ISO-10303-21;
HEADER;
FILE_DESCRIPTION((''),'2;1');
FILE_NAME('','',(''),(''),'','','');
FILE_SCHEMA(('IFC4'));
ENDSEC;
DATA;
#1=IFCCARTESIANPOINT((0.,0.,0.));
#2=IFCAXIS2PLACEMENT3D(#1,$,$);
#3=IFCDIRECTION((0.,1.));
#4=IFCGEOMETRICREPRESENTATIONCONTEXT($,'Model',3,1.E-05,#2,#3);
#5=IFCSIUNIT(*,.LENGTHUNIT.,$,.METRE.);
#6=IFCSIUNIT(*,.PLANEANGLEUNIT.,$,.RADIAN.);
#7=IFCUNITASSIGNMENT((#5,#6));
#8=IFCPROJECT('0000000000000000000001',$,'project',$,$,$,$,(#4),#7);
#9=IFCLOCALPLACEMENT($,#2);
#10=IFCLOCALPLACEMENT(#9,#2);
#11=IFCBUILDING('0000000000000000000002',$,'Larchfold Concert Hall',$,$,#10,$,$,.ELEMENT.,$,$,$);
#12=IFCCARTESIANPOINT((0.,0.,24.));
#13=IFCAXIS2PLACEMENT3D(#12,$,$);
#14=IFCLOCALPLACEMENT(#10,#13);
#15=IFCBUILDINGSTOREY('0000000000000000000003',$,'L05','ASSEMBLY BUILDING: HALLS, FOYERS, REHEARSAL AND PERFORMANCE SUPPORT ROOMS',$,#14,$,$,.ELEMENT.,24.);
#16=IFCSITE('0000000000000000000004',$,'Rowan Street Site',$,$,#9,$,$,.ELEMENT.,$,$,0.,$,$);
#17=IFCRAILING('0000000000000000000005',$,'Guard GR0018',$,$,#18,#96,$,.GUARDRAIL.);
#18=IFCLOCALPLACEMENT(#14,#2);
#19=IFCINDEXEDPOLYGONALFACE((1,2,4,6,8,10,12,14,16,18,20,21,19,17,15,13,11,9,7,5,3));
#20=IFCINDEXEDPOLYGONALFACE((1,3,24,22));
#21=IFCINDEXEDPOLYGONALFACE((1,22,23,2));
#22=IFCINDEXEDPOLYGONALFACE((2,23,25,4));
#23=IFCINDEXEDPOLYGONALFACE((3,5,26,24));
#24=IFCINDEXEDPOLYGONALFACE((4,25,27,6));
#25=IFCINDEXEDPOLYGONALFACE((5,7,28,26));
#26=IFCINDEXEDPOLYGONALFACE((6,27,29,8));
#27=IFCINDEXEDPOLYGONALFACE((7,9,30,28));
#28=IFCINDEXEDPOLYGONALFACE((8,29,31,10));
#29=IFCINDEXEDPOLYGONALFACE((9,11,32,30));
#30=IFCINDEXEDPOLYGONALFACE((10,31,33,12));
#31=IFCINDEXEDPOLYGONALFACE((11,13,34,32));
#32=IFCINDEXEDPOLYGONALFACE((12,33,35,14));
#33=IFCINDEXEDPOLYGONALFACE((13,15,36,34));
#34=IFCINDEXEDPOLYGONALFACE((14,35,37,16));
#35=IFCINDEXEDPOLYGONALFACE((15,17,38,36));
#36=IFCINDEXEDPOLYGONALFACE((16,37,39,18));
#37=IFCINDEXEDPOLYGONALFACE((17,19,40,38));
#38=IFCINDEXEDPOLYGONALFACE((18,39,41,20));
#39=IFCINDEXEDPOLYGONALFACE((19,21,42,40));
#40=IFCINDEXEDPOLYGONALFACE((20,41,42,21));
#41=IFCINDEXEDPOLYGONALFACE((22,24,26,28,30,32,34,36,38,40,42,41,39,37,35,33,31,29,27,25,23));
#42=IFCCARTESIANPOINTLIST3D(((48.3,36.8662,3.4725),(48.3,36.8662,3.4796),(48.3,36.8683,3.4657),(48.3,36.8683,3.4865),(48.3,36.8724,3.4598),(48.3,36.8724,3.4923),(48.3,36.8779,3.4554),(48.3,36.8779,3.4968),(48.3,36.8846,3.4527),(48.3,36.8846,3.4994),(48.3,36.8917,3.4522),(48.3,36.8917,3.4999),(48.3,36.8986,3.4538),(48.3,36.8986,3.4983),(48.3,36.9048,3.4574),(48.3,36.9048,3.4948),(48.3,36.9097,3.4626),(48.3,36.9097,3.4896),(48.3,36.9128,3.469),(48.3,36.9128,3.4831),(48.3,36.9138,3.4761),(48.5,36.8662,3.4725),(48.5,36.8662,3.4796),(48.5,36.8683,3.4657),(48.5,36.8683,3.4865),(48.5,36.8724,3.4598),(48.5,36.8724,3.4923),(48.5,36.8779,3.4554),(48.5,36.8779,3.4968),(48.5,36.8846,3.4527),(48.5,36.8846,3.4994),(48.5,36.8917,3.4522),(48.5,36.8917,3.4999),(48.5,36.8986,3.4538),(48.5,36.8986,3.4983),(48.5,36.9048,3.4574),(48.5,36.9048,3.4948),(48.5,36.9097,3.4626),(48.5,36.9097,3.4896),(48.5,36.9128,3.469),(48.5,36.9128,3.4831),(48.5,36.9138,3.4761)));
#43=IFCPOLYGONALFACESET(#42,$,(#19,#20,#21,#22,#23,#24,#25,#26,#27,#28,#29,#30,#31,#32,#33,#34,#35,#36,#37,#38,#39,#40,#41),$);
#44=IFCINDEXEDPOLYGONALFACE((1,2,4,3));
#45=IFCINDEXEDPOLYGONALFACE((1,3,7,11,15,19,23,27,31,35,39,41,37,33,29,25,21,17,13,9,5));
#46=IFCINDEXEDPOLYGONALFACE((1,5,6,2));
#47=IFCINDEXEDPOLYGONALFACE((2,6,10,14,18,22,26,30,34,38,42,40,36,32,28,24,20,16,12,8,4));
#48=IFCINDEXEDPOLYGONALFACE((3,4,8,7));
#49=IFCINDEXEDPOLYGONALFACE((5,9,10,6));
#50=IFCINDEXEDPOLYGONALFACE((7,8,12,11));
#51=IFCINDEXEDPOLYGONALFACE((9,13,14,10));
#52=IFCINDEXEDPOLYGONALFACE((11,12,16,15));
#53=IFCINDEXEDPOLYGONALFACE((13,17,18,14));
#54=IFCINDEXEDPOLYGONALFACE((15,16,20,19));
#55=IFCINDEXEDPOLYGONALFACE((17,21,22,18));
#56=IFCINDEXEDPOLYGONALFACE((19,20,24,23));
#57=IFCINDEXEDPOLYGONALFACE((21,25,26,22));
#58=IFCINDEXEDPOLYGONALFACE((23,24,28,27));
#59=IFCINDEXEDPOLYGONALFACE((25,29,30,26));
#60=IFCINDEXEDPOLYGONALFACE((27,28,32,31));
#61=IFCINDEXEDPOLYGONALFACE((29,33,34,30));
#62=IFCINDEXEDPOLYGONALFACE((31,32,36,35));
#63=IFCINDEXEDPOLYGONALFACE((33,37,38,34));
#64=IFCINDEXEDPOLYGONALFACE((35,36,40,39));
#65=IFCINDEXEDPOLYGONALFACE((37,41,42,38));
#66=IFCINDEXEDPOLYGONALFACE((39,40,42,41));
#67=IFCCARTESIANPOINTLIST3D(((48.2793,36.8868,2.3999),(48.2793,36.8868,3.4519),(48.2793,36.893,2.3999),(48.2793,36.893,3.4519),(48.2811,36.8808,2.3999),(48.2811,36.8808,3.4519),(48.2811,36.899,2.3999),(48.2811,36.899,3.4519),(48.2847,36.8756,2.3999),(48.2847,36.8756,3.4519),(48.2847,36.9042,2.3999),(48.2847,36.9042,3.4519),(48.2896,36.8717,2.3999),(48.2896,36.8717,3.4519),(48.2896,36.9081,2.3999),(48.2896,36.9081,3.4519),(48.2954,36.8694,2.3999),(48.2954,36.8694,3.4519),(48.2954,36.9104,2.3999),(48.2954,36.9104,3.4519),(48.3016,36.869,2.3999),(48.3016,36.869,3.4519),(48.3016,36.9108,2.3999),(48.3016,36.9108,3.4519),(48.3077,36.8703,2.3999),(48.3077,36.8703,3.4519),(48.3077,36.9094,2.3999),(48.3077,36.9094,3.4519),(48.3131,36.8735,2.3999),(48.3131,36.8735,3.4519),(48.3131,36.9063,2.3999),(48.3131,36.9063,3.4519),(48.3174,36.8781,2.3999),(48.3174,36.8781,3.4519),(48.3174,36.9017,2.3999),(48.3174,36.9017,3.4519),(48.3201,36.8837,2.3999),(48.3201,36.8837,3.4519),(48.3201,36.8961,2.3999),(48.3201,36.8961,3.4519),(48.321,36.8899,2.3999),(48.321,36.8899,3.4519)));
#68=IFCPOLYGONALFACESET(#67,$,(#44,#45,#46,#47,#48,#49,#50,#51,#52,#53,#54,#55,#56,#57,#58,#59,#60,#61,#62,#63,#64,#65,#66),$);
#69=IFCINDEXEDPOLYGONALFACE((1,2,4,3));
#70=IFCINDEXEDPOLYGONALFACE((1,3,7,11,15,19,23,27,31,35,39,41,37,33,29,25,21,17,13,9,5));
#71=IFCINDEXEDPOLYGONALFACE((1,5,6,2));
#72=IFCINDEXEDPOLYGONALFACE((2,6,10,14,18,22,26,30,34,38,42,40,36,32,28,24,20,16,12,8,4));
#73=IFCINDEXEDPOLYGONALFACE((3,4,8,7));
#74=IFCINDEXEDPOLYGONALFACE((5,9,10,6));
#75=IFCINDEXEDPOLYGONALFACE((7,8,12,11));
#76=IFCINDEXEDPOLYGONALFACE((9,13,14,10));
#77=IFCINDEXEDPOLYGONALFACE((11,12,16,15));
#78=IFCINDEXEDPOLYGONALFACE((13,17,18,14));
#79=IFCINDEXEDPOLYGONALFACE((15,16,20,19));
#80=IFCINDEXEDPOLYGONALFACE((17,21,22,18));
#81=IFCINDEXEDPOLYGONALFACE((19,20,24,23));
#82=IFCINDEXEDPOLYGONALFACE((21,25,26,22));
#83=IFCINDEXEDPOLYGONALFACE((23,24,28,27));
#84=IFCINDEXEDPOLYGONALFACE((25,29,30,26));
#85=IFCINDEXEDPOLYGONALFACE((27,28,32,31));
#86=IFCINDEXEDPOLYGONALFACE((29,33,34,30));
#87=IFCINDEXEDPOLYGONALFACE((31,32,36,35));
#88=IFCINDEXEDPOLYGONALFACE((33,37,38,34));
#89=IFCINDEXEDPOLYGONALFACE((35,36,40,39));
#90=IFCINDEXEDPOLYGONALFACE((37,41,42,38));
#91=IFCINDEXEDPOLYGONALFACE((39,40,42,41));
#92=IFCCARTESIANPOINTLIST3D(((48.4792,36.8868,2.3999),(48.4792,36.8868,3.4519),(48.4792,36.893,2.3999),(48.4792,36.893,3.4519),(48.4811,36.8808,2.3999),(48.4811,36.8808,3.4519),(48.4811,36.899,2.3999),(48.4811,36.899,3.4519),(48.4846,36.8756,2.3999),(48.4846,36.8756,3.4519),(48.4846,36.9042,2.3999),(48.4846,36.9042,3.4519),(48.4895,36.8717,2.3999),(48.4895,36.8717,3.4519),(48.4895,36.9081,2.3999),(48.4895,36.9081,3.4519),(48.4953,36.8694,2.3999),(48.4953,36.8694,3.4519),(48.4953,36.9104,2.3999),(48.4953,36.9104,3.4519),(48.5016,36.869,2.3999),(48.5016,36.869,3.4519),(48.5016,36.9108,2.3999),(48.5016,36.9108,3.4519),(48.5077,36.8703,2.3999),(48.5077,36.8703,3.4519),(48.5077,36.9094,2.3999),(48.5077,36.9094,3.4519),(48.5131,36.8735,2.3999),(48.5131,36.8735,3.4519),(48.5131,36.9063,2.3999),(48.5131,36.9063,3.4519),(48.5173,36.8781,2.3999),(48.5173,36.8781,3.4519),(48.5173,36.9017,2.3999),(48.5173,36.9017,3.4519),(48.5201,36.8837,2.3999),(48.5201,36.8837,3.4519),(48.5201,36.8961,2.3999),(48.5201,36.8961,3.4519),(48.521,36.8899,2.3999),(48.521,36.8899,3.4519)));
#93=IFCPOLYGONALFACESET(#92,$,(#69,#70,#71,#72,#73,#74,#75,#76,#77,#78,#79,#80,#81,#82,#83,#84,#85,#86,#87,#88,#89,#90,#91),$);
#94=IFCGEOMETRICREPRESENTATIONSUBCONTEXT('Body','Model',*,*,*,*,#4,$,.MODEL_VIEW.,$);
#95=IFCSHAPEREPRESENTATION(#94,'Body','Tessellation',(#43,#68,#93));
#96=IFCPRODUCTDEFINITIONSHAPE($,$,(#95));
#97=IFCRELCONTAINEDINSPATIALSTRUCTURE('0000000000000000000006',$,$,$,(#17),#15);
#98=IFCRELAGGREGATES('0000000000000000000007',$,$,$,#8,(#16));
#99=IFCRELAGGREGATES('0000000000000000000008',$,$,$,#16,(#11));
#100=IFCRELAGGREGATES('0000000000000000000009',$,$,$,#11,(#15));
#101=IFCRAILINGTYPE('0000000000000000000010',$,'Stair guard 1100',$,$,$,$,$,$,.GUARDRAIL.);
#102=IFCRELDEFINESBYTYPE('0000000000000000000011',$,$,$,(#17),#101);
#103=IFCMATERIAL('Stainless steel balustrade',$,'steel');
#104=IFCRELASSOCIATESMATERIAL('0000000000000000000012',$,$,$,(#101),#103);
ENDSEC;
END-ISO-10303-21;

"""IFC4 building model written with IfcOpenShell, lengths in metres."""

from ifc_helpers import new_model, si_unit, direction, frame, origin, origin_2d, place, context, subcontext, project, spatial, circle, extrude, material, type_object, element, save


model = new_model("IFC4")

# Units and contexts
model_context = context("Model", 3, precision=1e-05, world=origin(), true_north=direction((0.0, 1.0)))
body_context = subcontext(model_context, "Body", "Model", "MODEL_VIEW")
ifc_project = project(units=[si_unit("LENGTHUNIT", "METRE"), si_unit("PLANEANGLEUNIT", "RADIAN")], contexts=[model_context])

# Site, building, storey
site_placement = place(None, origin())
site = spatial("IfcSite", under=ifc_project, at=site_placement, Name="Rowan Street Site", CompositionType="ELEMENT", RefElevation=0.0)
building_placement = place(site_placement, origin())
building = spatial("IfcBuilding", under=site, at=building_placement, Name="Larchfold Concert Hall", CompositionType="ELEMENT")
storey_placement = place(building_placement, frame((0.0, 0.0, 24.0)))
storey = spatial("IfcBuildingStorey", under=building, at=storey_placement, Name="L05", Description="ASSEMBLY BUILDING: HALLS, FOYERS, REHEARSAL AND PERFORMANCE SUPPORT ROOMS", CompositionType="ELEMENT", Elevation=24.0)

# Railing
ifc_material_1 = material(Name="Stainless steel balustrade", Category="steel")
railing_type_1 = type_object("IfcRailingType", Name="Stair guard 1100", PredefinedType="GUARDRAIL", material=ifc_material_1)
railing_1_placement = place(storey_placement, frame((48.3, 36.8899, 2.3999)))
element("IfcRailing", 1, at=railing_1_placement, inside=storey, type_object=railing_type_1, Name="Guard GR0018", PredefinedType="GUARDRAIL", context=body_context, shape_type="SweptSolid", body=[
    extrude(circle(Radius=0.0239, at=origin_2d()), frame((0.0, 0.0, 1.0762), z_axis=(1.0, 0.0, 0.0), x_axis=(0.0, 1.0, 0.0)), (0.0, 0.0, 1.0), 0.2),
    extrude(circle(Radius=0.021, at=origin_2d()), origin(), (0.0, 0.0, 1.0), 1.052),
    extrude(circle(Radius=0.021, at=origin_2d()), frame((0.2, 0.0, 0.0)), (0.0, 0.0, 1.0), 1.052),
])

save(model, "model.ifc")
